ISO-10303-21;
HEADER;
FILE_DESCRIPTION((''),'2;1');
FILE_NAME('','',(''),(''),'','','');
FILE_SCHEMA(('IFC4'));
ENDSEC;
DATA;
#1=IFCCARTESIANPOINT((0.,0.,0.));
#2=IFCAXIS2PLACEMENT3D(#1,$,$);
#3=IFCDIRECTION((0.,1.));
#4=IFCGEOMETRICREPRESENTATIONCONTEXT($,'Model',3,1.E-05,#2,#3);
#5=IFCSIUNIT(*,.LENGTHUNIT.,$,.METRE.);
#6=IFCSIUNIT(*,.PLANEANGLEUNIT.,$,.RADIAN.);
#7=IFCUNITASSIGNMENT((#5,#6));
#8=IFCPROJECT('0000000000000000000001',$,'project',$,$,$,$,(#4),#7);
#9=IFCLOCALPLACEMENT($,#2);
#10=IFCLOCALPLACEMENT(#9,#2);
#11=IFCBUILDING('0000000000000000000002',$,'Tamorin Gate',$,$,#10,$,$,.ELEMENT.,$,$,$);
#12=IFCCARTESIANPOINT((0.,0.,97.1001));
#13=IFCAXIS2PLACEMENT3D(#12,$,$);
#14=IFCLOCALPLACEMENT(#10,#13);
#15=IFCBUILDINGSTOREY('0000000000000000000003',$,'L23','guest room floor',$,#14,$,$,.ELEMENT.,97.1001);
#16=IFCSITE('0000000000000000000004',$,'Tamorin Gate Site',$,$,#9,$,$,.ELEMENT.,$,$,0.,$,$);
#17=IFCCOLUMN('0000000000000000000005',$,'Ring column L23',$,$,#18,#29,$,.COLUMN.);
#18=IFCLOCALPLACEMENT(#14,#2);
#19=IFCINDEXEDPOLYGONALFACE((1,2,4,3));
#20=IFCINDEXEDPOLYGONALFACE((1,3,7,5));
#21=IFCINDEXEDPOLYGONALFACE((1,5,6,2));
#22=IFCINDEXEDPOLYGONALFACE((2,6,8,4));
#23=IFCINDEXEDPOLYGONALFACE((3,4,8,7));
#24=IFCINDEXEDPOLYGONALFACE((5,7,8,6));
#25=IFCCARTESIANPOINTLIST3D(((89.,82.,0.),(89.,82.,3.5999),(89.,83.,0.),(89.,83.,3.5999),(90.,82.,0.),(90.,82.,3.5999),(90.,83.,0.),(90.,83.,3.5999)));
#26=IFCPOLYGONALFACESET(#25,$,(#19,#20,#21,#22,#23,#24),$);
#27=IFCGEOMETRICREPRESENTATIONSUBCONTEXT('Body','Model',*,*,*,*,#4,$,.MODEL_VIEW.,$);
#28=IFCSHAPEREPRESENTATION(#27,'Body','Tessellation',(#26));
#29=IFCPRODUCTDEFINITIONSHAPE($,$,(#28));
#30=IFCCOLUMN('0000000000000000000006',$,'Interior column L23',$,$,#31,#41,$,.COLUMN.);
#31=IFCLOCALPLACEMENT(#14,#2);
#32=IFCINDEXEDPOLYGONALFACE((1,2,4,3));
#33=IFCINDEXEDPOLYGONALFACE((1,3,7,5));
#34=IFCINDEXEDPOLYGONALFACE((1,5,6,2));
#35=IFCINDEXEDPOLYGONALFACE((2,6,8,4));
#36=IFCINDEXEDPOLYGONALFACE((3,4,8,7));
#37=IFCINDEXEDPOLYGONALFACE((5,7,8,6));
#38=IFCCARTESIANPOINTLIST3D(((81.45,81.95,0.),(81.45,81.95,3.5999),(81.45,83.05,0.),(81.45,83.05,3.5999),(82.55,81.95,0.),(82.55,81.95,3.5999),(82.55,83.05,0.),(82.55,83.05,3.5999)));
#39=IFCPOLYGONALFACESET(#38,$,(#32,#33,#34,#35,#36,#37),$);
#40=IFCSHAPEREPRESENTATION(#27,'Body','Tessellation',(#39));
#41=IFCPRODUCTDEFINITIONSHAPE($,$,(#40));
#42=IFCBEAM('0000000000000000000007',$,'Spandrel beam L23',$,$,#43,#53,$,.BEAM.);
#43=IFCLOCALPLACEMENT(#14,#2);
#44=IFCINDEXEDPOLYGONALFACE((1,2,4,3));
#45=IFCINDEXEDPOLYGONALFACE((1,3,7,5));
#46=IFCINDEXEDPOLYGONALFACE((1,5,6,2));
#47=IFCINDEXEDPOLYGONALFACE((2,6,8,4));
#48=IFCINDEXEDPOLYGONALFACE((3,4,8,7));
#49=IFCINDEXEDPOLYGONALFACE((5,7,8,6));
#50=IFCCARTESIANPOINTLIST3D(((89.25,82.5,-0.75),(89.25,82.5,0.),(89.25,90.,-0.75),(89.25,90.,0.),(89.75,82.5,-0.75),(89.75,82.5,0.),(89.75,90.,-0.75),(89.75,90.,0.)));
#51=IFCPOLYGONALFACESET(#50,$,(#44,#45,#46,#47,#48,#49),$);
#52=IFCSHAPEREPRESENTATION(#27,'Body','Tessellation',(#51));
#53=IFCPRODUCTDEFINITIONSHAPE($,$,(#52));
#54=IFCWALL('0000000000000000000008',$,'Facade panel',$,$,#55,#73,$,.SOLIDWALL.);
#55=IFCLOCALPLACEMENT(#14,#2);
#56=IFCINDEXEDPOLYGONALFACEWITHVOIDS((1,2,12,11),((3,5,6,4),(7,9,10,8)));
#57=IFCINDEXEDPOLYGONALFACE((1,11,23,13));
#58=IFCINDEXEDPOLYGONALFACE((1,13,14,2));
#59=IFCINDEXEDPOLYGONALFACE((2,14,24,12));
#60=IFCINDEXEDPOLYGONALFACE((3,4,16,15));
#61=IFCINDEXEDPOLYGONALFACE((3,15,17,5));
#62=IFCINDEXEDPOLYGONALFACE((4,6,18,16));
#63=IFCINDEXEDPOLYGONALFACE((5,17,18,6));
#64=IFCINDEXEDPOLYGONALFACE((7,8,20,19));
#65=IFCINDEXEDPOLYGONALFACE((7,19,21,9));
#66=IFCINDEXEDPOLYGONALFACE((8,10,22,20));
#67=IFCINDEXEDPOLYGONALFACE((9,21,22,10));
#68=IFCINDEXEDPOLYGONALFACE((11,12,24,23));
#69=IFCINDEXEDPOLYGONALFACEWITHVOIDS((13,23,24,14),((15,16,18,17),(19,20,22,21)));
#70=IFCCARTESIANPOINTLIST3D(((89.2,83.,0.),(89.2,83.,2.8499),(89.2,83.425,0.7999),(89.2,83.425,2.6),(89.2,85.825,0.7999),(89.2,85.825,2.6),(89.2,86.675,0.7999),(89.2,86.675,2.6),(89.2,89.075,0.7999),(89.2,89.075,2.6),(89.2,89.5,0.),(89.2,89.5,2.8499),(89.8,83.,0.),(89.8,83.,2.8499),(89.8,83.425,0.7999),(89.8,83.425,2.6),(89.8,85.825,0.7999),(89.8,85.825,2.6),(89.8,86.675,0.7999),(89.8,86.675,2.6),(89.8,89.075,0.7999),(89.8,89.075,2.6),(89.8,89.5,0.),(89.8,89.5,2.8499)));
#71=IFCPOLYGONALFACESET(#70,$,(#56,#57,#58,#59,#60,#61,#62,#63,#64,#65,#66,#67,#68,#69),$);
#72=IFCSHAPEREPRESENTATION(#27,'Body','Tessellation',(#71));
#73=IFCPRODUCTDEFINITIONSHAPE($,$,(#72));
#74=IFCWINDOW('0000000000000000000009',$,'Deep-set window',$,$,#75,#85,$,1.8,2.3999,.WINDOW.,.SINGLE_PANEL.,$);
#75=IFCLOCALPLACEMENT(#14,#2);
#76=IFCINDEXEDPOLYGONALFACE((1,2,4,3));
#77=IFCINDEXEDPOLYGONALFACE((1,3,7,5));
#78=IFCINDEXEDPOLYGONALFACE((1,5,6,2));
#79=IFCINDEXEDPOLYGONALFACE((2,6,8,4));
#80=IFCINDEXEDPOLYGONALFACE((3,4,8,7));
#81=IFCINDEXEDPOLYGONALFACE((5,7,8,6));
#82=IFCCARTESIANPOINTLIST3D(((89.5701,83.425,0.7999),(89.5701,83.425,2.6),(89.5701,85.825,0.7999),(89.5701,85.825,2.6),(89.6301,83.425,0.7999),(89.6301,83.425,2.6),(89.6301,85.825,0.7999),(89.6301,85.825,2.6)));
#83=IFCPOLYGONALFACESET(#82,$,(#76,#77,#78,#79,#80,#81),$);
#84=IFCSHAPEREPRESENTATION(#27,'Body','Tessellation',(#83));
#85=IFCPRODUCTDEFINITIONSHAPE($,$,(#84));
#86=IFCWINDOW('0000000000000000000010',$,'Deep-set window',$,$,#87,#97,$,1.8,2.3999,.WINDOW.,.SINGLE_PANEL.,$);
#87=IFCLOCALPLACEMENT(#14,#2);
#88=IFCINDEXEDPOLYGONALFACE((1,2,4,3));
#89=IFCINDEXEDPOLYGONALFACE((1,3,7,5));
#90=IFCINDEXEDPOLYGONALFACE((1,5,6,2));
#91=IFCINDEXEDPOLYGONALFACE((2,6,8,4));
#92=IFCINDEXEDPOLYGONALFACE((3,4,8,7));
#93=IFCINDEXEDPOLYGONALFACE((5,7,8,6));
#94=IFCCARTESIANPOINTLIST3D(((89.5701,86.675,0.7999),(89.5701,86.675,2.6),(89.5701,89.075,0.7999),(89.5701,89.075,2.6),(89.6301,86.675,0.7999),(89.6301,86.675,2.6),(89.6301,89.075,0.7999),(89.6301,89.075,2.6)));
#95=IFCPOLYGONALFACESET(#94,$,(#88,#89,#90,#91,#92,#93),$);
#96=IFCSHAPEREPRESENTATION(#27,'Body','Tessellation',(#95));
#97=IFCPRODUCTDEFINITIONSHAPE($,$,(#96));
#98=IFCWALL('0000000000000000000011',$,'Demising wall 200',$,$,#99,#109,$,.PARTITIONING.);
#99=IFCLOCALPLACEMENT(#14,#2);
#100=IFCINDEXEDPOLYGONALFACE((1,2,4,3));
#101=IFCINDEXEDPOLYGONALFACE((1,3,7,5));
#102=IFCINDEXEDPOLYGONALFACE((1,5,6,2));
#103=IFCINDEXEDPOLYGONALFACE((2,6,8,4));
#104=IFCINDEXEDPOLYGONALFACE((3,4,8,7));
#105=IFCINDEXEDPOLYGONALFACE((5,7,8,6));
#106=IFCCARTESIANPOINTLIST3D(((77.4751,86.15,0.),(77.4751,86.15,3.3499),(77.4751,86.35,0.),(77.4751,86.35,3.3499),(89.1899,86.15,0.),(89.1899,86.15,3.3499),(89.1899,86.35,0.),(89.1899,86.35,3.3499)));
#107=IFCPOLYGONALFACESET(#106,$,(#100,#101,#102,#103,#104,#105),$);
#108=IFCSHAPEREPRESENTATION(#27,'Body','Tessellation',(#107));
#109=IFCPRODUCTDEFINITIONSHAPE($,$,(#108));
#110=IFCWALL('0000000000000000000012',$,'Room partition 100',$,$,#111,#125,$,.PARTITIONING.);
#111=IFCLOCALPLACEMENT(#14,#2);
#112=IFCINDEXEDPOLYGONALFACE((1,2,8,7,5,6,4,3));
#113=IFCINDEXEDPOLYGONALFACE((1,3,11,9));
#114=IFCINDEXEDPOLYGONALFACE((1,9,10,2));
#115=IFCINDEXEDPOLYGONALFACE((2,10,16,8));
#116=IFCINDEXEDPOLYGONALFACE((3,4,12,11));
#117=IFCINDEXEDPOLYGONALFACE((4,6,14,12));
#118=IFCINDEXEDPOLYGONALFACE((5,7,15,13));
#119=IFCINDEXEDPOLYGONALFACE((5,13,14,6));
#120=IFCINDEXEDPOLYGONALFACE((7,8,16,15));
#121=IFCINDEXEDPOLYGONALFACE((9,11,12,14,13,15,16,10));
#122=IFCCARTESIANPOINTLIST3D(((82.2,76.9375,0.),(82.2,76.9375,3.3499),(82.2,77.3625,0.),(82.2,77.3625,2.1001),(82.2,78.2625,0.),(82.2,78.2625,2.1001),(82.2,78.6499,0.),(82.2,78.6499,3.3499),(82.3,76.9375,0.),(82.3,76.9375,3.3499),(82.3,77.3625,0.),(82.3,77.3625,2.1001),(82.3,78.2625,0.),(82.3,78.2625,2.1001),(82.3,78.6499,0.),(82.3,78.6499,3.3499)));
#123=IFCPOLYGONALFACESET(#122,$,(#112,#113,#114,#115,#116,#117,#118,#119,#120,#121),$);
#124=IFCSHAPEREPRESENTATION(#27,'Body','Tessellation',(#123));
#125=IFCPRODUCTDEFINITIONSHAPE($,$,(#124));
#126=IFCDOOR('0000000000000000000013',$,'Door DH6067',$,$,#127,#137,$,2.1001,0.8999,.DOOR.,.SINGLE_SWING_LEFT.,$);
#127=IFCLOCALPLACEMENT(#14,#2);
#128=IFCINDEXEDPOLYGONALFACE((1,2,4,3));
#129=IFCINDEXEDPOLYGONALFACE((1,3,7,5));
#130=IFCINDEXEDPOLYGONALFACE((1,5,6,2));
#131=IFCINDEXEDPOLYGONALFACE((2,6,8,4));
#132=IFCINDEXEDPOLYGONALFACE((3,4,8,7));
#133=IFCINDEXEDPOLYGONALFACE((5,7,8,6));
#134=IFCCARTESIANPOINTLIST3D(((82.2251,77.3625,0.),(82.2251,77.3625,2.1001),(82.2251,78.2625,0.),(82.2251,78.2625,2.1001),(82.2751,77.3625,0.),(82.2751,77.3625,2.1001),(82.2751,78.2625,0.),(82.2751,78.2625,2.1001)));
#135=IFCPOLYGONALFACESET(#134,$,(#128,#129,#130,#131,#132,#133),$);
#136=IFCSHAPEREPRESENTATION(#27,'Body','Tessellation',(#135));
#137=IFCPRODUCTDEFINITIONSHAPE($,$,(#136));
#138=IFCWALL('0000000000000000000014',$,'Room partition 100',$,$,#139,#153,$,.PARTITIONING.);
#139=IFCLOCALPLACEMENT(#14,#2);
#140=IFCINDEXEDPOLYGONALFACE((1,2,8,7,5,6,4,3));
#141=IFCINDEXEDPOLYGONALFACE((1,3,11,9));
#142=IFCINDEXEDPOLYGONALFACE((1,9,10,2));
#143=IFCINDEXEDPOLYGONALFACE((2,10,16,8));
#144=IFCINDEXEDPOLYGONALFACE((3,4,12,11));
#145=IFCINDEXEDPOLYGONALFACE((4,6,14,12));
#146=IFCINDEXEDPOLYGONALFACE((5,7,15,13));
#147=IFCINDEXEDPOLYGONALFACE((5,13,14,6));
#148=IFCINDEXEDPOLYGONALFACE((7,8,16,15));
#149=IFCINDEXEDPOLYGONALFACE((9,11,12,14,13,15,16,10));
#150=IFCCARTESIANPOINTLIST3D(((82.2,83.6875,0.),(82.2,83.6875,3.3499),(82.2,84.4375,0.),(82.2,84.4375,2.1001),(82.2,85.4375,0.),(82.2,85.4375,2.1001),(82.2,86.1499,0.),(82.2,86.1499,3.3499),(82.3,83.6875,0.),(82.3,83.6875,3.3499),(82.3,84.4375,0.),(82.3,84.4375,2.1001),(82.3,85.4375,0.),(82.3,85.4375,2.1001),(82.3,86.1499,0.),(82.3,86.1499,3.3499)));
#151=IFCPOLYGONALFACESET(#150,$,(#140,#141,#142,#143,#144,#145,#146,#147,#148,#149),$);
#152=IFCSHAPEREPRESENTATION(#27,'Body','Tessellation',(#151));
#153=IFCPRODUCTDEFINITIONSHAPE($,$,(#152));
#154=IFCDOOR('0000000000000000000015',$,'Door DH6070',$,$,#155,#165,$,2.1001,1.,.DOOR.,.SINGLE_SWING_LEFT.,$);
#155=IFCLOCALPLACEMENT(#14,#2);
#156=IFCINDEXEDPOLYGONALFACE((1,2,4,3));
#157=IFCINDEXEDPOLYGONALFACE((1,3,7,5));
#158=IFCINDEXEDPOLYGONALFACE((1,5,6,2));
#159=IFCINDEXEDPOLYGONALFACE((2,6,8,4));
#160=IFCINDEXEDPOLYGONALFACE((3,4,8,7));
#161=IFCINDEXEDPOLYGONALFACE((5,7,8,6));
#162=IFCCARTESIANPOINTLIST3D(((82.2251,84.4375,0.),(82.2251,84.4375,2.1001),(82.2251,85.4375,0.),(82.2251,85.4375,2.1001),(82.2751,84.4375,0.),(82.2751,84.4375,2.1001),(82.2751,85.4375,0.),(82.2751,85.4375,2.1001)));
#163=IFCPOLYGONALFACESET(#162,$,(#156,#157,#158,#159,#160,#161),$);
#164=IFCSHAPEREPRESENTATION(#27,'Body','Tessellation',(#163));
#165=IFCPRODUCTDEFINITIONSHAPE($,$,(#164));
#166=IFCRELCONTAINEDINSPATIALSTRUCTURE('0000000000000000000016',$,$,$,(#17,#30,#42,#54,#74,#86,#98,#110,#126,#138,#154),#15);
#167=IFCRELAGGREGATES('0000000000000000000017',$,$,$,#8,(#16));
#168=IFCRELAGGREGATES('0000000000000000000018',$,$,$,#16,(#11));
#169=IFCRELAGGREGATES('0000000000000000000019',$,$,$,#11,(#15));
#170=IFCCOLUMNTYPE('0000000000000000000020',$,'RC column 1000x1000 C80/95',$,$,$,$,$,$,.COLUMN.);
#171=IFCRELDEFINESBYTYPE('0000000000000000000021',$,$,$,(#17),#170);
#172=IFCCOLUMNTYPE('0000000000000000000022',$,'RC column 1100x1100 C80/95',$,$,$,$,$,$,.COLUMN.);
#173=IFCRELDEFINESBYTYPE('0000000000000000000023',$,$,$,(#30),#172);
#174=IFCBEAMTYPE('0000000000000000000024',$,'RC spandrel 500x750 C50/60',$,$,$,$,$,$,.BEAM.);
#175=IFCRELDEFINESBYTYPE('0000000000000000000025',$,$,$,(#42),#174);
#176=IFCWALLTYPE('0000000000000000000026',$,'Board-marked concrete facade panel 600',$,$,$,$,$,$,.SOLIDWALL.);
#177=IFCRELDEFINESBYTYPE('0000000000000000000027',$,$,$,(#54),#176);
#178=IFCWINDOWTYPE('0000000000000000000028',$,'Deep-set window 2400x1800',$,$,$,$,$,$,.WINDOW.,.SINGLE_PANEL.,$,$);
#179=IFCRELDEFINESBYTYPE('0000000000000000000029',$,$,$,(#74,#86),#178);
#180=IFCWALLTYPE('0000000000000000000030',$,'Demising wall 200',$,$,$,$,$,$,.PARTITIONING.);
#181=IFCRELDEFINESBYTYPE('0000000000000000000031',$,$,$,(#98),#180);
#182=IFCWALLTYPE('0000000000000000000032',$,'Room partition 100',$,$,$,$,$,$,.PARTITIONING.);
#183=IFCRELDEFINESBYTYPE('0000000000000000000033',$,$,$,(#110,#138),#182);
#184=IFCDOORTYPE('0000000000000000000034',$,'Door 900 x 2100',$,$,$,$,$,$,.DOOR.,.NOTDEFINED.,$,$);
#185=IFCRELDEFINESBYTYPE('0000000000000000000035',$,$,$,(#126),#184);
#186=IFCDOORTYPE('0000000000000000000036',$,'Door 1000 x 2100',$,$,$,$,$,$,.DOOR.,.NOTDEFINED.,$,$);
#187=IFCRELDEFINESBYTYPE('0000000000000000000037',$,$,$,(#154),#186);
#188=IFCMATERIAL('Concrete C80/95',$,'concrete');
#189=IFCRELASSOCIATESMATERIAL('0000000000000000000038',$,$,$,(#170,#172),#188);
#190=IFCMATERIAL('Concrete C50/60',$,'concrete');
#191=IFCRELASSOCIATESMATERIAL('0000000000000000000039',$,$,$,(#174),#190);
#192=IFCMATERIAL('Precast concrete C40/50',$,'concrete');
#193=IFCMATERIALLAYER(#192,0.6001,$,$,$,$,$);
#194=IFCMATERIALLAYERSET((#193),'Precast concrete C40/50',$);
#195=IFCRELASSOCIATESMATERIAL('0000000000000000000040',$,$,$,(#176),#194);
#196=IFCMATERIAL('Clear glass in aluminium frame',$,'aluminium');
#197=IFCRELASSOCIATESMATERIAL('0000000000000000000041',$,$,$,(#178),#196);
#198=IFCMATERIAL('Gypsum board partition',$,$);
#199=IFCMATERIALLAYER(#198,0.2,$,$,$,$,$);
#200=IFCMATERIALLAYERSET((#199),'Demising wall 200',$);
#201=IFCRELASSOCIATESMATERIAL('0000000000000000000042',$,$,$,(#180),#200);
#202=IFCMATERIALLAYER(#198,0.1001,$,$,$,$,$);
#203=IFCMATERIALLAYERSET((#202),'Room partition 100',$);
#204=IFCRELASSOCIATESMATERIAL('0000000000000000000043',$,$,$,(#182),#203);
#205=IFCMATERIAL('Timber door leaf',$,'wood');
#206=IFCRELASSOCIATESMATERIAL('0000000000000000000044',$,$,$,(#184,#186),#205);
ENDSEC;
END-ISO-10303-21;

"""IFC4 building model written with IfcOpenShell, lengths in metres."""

from ifc_helpers import new_model, si_unit, direction, frame, frame_2d, origin, origin_2d, place, context, subcontext, project, spatial, rectangle, extrude, material, layer, layer_set, material_profile, profile_set, type_object, element, fill, save


model = new_model("IFC4")

# Units and contexts
model_context = context("Model", 3, precision=1e-05, world=origin(), true_north=direction((0.0, 1.0)))
body_context = subcontext(model_context, "Body", "Model", "MODEL_VIEW")
ifc_project = project(units=[si_unit("LENGTHUNIT", "METRE"), si_unit("PLANEANGLEUNIT", "RADIAN")], contexts=[model_context])

# Site, building, storey
site_placement = place(None, origin())
site = spatial("IfcSite", under=ifc_project, at=site_placement, Name="Tamorin Gate Site", CompositionType="ELEMENT", RefElevation=0.0)
building_placement = place(site_placement, origin())
building = spatial("IfcBuilding", under=site, at=building_placement, Name="Tamorin Gate", CompositionType="ELEMENT")
storey_placement = place(building_placement, frame((0.0, 0.0, 97.1001)))
storey = spatial("IfcBuildingStorey", under=building, at=storey_placement, Name="L23", Description="guest room floor", CompositionType="ELEMENT", Elevation=97.1001)

# Columns
ifc_material_1 = material(Name="Concrete C80/95", Category="concrete")
ifc_material_profile_1 = material_profile(ifc_material_1, rectangle(XDim=1.0, YDim=1.0, at=origin_2d()), Name="RC 1000x1000")
ifc_profile_set_1 = profile_set([ifc_material_profile_1], Name="Concrete C80/95")
column_type_1 = type_object("IfcColumnType", Name="RC column 1000x1000 C80/95", PredefinedType="COLUMN", material=ifc_profile_set_1)
column_1_placement = place(storey_placement, frame((89.5, 82.5, 0.0), z_axis=(0.0, 0.0, 1.0), x_axis=(1.0, 0.0, 0.0)))
element("IfcColumn", 1, at=column_1_placement, inside=storey, type_object=column_type_1, Name="Ring column L23", PredefinedType="COLUMN", context=body_context, shape_type="SweptSolid", body=[
    extrude(rectangle(XDim=1.0, YDim=1.0, at=origin_2d()), origin(), (0.0, 0.0, 1.0), 3.5999),
])
ifc_material_profile_2 = material_profile(ifc_material_1, rectangle(XDim=1.1001, YDim=1.1001, at=origin_2d()), Name="RC 1100x1100")
ifc_profile_set_2 = profile_set([ifc_material_profile_2], Name="Concrete C80/95")
column_type_2 = type_object("IfcColumnType", Name="RC column 1100x1100 C80/95", PredefinedType="COLUMN", material=ifc_profile_set_2)
column_2_placement = place(storey_placement, frame((82.0, 82.5, 0.0), z_axis=(0.0, 0.0, 1.0), x_axis=(1.0, 0.0, 0.0)))
element("IfcColumn", 2, at=column_2_placement, inside=storey, type_object=column_type_2, Name="Interior column L23", PredefinedType="COLUMN", context=body_context, shape_type="SweptSolid", body=[
    extrude(rectangle(XDim=1.1001, YDim=1.1001, at=origin_2d()), origin(), (0.0, 0.0, 1.0), 3.5999),
])

# Beam
ifc_material_2 = material(Name="Concrete C50/60", Category="concrete")
ifc_material_profile_3 = material_profile(ifc_material_2, rectangle(XDim=0.5, YDim=0.75, at=origin_2d()), Name="RC 500x750")
ifc_profile_set_3 = profile_set([ifc_material_profile_3], Name="Concrete C50/60")
beam_type = type_object("IfcBeamType", Name="RC spandrel 500x750 C50/60", PredefinedType="BEAM", material=ifc_profile_set_3)
beam_placement = place(storey_placement, frame((89.5, 82.5, -0.375), z_axis=(0.0, 1.0, 0.0), x_axis=(-1.0, 0.0, 0.0)))
element("IfcBeam", 3, at=beam_placement, inside=storey, type_object=beam_type, Name="Spandrel beam L23", PredefinedType="BEAM", context=body_context, shape_type="SweptSolid", body=[
    extrude(rectangle(XDim=0.5, YDim=0.75, at=origin_2d()), origin(), (0.0, 0.0, 1.0), 7.5),
])

# Wall, openings, windows
ifc_material_3 = material(Name="Precast concrete C40/50", Category="concrete")
ifc_layer_1 = layer(ifc_material_3, 0.6001)
ifc_layer_set_1 = layer_set([ifc_layer_1], Name="Precast concrete C40/50")
wall_type_1 = type_object("IfcWallType", Name="Board-marked concrete facade panel 600", PredefinedType="SOLIDWALL", material=ifc_layer_set_1)
wall_1_placement = place(storey_placement, frame((89.5, 83.0, 0.0), z_axis=(0.0, 0.0, 1.0), x_axis=(0.0, 1.0, 0.0)))
wall_1 = element("IfcWall", 4, at=wall_1_placement, inside=storey, type_object=wall_type_1, Name="Facade panel", PredefinedType="SOLIDWALL", context=body_context, shape_type="SweptSolid", body=[
    extrude(rectangle(XDim=6.5, YDim=0.6001, at=frame_2d((3.25, 0.0))), origin(), (0.0, 0.0, 1.0), 2.8499),
])
opening_1_placement = place(wall_1_placement, frame((0.425, 0.0, 0.8)))
opening_1 = element("IfcOpeningElement", 5, at=opening_1_placement, cuts=wall_1, PredefinedType="OPENING", context=body_context, shape_type="SweptSolid", body=[
    extrude(rectangle(XDim=2.3999, YDim=1.8, at=frame_2d((1.2, 0.8999))), frame((0.0, 0.3101, 0.0), z_axis=(0.0, -1.0, 0.0), x_axis=(1.0, 0.0, 0.0)), (0.0, 0.0, 1.0), 0.6201),
])
opening_2_placement = place(wall_1_placement, frame((3.675, 0.0, 0.8)))
opening_2 = element("IfcOpeningElement", 6, at=opening_2_placement, cuts=wall_1, PredefinedType="OPENING", context=body_context, shape_type="SweptSolid", body=[
    extrude(rectangle(XDim=2.3999, YDim=1.8, at=frame_2d((1.2, 0.8999))), frame((0.0, 0.3101, 0.0), z_axis=(0.0, -1.0, 0.0), x_axis=(1.0, 0.0, 0.0)), (0.0, 0.0, 1.0), 0.6201),
])
ifc_material_4 = material(Name="Clear glass in aluminium frame", Category="aluminium")
window_type = type_object("IfcWindowType", Name="Deep-set window 2400x1800", PartitioningType="SINGLE_PANEL", PredefinedType="WINDOW", material=ifc_material_4)
window_1_placement = place(opening_1_placement, origin())
window_1 = element("IfcWindow", 7, at=window_1_placement, inside=storey, type_object=window_type, Name="Deep-set window", OverallHeight=1.8, OverallWidth=2.3999, PartitioningType="SINGLE_PANEL", PredefinedType="WINDOW", context=body_context, shape_type="SweptSolid", body=[
    extrude(rectangle(XDim=2.3999, YDim=1.8, at=frame_2d((1.2, 0.8999))), frame((0.0, -0.0701, 0.0), z_axis=(0.0, -1.0, 0.0), x_axis=(1.0, 0.0, 0.0)), (0.0, 0.0, 1.0), 0.0601),
])
fill(opening_1, window_1)
window_2_placement = place(opening_2_placement, origin())
window_2 = element("IfcWindow", 8, at=window_2_placement, inside=storey, type_object=window_type, Name="Deep-set window", OverallHeight=1.8, OverallWidth=2.3999, PartitioningType="SINGLE_PANEL", PredefinedType="WINDOW", context=body_context, shape_type="SweptSolid", body=[
    extrude(rectangle(XDim=2.3999, YDim=1.8, at=frame_2d((1.2, 0.8999))), frame((0.0, -0.0701, 0.0), z_axis=(0.0, -1.0, 0.0), x_axis=(1.0, 0.0, 0.0)), (0.0, 0.0, 1.0), 0.0601),
])
fill(opening_2, window_2)

# Wall
ifc_material_5 = material(Name="Gypsum board partition")
ifc_layer_2 = layer(ifc_material_5, 0.2)
ifc_layer_set_2 = layer_set([ifc_layer_2], Name="Demising wall 200")
wall_type_2 = type_object("IfcWallType", Name="Demising wall 200", PredefinedType="PARTITIONING", material=ifc_layer_set_2)
wall_2_placement = place(storey_placement, frame((77.4751, 86.25, 0.0), z_axis=(0.0, 0.0, 1.0), x_axis=(1.0, 0.0, 0.0)))
element("IfcWall", 9, at=wall_2_placement, inside=storey, type_object=wall_type_2, Name="Demising wall 200", PredefinedType="PARTITIONING", context=body_context, shape_type="SweptSolid", body=[
    extrude(rectangle(XDim=11.7148, YDim=0.2, at=frame_2d((5.8574, 0.0))), origin(), (0.0, 0.0, 1.0), 3.3499),
])

# Walls, openings, doors
ifc_layer_3 = layer(ifc_material_5, 0.1001)
ifc_layer_set_3 = layer_set([ifc_layer_3], Name="Room partition 100")
wall_type_3 = type_object("IfcWallType", Name="Room partition 100", PredefinedType="PARTITIONING", material=ifc_layer_set_3)
wall_3_placement = place(storey_placement, frame((82.25, 76.9375, 0.0), z_axis=(0.0, 0.0, 1.0), x_axis=(0.0, 1.0, 0.0)))
wall_3 = element("IfcWall", 10, at=wall_3_placement, inside=storey, type_object=wall_type_3, Name="Room partition 100", PredefinedType="PARTITIONING", context=body_context, shape_type="SweptSolid", body=[
    extrude(rectangle(XDim=1.7124, YDim=0.1001, at=frame_2d((0.8562, 0.0))), origin(), (0.0, 0.0, 1.0), 3.3499),
])
opening_3_placement = place(wall_3_placement, frame((0.425, 0.0, 0.0)))
opening_3 = element("IfcOpeningElement", 11, at=opening_3_placement, cuts=wall_3, PredefinedType="OPENING", context=body_context, shape_type="SweptSolid", body=[
    extrude(rectangle(XDim=0.8999, YDim=2.1001, at=frame_2d((0.45, 1.05))), frame((0.0, 0.0601, 0.0), z_axis=(0.0, -1.0, 0.0), x_axis=(1.0, 0.0, 0.0)), (0.0, 0.0, 1.0), 0.1201),
])
ifc_material_6 = material(Name="Timber door leaf", Category="wood")
door_type_1 = type_object("IfcDoorType", Name="Door 900 x 2100", OperationType="NOTDEFINED", PredefinedType="DOOR", material=ifc_material_6)
door_1_placement = place(opening_3_placement, origin())
door_1 = element("IfcDoor", 12, at=door_1_placement, inside=storey, type_object=door_type_1, Name="Door DH6067", OperationType="SINGLE_SWING_LEFT", OverallHeight=2.1001, OverallWidth=0.8999, PredefinedType="DOOR", context=body_context, shape_type="SweptSolid", body=[
    extrude(rectangle(XDim=0.8999, YDim=2.1001, at=frame_2d((0.45, 1.05))), frame((0.0, 0.0249, 0.0), z_axis=(0.0, -1.0, 0.0), x_axis=(1.0, 0.0, 0.0)), (0.0, 0.0, 1.0), 0.05),
])
fill(opening_3, door_1)
wall_4_placement = place(storey_placement, frame((82.25, 83.6875, 0.0), z_axis=(0.0, 0.0, 1.0), x_axis=(0.0, 1.0, 0.0)))
wall_4 = element("IfcWall", 13, at=wall_4_placement, inside=storey, type_object=wall_type_3, Name="Room partition 100", PredefinedType="PARTITIONING", context=body_context, shape_type="SweptSolid", body=[
    extrude(rectangle(XDim=2.4624, YDim=0.1001, at=frame_2d((1.2312, 0.0))), origin(), (0.0, 0.0, 1.0), 3.3499),
])
opening_4_placement = place(wall_4_placement, frame((0.75, 0.0, 0.0)))
opening_4 = element("IfcOpeningElement", 14, at=opening_4_placement, cuts=wall_4, PredefinedType="OPENING", context=body_context, shape_type="SweptSolid", body=[
    extrude(rectangle(XDim=1.0, YDim=2.1001, at=frame_2d((0.5, 1.05))), frame((0.0, 0.0601, 0.0), z_axis=(0.0, -1.0, 0.0), x_axis=(1.0, 0.0, 0.0)), (0.0, 0.0, 1.0), 0.1201),
])
door_type_2 = type_object("IfcDoorType", Name="Door 1000 x 2100", OperationType="NOTDEFINED", PredefinedType="DOOR", material=ifc_material_6)
door_2_placement = place(opening_4_placement, origin())
door_2 = element("IfcDoor", 15, at=door_2_placement, inside=storey, type_object=door_type_2, Name="Door DH6070", OperationType="SINGLE_SWING_LEFT", OverallHeight=2.1001, OverallWidth=1.0, PredefinedType="DOOR", context=body_context, shape_type="SweptSolid", body=[
    extrude(rectangle(XDim=1.0, YDim=2.1001, at=frame_2d((0.5, 1.05))), frame((0.0, 0.0249, 0.0), z_axis=(0.0, -1.0, 0.0), x_axis=(1.0, 0.0, 0.0)), (0.0, 0.0, 1.0), 0.05),
])
fill(opening_4, door_2)

save(model, "model.ifc")
